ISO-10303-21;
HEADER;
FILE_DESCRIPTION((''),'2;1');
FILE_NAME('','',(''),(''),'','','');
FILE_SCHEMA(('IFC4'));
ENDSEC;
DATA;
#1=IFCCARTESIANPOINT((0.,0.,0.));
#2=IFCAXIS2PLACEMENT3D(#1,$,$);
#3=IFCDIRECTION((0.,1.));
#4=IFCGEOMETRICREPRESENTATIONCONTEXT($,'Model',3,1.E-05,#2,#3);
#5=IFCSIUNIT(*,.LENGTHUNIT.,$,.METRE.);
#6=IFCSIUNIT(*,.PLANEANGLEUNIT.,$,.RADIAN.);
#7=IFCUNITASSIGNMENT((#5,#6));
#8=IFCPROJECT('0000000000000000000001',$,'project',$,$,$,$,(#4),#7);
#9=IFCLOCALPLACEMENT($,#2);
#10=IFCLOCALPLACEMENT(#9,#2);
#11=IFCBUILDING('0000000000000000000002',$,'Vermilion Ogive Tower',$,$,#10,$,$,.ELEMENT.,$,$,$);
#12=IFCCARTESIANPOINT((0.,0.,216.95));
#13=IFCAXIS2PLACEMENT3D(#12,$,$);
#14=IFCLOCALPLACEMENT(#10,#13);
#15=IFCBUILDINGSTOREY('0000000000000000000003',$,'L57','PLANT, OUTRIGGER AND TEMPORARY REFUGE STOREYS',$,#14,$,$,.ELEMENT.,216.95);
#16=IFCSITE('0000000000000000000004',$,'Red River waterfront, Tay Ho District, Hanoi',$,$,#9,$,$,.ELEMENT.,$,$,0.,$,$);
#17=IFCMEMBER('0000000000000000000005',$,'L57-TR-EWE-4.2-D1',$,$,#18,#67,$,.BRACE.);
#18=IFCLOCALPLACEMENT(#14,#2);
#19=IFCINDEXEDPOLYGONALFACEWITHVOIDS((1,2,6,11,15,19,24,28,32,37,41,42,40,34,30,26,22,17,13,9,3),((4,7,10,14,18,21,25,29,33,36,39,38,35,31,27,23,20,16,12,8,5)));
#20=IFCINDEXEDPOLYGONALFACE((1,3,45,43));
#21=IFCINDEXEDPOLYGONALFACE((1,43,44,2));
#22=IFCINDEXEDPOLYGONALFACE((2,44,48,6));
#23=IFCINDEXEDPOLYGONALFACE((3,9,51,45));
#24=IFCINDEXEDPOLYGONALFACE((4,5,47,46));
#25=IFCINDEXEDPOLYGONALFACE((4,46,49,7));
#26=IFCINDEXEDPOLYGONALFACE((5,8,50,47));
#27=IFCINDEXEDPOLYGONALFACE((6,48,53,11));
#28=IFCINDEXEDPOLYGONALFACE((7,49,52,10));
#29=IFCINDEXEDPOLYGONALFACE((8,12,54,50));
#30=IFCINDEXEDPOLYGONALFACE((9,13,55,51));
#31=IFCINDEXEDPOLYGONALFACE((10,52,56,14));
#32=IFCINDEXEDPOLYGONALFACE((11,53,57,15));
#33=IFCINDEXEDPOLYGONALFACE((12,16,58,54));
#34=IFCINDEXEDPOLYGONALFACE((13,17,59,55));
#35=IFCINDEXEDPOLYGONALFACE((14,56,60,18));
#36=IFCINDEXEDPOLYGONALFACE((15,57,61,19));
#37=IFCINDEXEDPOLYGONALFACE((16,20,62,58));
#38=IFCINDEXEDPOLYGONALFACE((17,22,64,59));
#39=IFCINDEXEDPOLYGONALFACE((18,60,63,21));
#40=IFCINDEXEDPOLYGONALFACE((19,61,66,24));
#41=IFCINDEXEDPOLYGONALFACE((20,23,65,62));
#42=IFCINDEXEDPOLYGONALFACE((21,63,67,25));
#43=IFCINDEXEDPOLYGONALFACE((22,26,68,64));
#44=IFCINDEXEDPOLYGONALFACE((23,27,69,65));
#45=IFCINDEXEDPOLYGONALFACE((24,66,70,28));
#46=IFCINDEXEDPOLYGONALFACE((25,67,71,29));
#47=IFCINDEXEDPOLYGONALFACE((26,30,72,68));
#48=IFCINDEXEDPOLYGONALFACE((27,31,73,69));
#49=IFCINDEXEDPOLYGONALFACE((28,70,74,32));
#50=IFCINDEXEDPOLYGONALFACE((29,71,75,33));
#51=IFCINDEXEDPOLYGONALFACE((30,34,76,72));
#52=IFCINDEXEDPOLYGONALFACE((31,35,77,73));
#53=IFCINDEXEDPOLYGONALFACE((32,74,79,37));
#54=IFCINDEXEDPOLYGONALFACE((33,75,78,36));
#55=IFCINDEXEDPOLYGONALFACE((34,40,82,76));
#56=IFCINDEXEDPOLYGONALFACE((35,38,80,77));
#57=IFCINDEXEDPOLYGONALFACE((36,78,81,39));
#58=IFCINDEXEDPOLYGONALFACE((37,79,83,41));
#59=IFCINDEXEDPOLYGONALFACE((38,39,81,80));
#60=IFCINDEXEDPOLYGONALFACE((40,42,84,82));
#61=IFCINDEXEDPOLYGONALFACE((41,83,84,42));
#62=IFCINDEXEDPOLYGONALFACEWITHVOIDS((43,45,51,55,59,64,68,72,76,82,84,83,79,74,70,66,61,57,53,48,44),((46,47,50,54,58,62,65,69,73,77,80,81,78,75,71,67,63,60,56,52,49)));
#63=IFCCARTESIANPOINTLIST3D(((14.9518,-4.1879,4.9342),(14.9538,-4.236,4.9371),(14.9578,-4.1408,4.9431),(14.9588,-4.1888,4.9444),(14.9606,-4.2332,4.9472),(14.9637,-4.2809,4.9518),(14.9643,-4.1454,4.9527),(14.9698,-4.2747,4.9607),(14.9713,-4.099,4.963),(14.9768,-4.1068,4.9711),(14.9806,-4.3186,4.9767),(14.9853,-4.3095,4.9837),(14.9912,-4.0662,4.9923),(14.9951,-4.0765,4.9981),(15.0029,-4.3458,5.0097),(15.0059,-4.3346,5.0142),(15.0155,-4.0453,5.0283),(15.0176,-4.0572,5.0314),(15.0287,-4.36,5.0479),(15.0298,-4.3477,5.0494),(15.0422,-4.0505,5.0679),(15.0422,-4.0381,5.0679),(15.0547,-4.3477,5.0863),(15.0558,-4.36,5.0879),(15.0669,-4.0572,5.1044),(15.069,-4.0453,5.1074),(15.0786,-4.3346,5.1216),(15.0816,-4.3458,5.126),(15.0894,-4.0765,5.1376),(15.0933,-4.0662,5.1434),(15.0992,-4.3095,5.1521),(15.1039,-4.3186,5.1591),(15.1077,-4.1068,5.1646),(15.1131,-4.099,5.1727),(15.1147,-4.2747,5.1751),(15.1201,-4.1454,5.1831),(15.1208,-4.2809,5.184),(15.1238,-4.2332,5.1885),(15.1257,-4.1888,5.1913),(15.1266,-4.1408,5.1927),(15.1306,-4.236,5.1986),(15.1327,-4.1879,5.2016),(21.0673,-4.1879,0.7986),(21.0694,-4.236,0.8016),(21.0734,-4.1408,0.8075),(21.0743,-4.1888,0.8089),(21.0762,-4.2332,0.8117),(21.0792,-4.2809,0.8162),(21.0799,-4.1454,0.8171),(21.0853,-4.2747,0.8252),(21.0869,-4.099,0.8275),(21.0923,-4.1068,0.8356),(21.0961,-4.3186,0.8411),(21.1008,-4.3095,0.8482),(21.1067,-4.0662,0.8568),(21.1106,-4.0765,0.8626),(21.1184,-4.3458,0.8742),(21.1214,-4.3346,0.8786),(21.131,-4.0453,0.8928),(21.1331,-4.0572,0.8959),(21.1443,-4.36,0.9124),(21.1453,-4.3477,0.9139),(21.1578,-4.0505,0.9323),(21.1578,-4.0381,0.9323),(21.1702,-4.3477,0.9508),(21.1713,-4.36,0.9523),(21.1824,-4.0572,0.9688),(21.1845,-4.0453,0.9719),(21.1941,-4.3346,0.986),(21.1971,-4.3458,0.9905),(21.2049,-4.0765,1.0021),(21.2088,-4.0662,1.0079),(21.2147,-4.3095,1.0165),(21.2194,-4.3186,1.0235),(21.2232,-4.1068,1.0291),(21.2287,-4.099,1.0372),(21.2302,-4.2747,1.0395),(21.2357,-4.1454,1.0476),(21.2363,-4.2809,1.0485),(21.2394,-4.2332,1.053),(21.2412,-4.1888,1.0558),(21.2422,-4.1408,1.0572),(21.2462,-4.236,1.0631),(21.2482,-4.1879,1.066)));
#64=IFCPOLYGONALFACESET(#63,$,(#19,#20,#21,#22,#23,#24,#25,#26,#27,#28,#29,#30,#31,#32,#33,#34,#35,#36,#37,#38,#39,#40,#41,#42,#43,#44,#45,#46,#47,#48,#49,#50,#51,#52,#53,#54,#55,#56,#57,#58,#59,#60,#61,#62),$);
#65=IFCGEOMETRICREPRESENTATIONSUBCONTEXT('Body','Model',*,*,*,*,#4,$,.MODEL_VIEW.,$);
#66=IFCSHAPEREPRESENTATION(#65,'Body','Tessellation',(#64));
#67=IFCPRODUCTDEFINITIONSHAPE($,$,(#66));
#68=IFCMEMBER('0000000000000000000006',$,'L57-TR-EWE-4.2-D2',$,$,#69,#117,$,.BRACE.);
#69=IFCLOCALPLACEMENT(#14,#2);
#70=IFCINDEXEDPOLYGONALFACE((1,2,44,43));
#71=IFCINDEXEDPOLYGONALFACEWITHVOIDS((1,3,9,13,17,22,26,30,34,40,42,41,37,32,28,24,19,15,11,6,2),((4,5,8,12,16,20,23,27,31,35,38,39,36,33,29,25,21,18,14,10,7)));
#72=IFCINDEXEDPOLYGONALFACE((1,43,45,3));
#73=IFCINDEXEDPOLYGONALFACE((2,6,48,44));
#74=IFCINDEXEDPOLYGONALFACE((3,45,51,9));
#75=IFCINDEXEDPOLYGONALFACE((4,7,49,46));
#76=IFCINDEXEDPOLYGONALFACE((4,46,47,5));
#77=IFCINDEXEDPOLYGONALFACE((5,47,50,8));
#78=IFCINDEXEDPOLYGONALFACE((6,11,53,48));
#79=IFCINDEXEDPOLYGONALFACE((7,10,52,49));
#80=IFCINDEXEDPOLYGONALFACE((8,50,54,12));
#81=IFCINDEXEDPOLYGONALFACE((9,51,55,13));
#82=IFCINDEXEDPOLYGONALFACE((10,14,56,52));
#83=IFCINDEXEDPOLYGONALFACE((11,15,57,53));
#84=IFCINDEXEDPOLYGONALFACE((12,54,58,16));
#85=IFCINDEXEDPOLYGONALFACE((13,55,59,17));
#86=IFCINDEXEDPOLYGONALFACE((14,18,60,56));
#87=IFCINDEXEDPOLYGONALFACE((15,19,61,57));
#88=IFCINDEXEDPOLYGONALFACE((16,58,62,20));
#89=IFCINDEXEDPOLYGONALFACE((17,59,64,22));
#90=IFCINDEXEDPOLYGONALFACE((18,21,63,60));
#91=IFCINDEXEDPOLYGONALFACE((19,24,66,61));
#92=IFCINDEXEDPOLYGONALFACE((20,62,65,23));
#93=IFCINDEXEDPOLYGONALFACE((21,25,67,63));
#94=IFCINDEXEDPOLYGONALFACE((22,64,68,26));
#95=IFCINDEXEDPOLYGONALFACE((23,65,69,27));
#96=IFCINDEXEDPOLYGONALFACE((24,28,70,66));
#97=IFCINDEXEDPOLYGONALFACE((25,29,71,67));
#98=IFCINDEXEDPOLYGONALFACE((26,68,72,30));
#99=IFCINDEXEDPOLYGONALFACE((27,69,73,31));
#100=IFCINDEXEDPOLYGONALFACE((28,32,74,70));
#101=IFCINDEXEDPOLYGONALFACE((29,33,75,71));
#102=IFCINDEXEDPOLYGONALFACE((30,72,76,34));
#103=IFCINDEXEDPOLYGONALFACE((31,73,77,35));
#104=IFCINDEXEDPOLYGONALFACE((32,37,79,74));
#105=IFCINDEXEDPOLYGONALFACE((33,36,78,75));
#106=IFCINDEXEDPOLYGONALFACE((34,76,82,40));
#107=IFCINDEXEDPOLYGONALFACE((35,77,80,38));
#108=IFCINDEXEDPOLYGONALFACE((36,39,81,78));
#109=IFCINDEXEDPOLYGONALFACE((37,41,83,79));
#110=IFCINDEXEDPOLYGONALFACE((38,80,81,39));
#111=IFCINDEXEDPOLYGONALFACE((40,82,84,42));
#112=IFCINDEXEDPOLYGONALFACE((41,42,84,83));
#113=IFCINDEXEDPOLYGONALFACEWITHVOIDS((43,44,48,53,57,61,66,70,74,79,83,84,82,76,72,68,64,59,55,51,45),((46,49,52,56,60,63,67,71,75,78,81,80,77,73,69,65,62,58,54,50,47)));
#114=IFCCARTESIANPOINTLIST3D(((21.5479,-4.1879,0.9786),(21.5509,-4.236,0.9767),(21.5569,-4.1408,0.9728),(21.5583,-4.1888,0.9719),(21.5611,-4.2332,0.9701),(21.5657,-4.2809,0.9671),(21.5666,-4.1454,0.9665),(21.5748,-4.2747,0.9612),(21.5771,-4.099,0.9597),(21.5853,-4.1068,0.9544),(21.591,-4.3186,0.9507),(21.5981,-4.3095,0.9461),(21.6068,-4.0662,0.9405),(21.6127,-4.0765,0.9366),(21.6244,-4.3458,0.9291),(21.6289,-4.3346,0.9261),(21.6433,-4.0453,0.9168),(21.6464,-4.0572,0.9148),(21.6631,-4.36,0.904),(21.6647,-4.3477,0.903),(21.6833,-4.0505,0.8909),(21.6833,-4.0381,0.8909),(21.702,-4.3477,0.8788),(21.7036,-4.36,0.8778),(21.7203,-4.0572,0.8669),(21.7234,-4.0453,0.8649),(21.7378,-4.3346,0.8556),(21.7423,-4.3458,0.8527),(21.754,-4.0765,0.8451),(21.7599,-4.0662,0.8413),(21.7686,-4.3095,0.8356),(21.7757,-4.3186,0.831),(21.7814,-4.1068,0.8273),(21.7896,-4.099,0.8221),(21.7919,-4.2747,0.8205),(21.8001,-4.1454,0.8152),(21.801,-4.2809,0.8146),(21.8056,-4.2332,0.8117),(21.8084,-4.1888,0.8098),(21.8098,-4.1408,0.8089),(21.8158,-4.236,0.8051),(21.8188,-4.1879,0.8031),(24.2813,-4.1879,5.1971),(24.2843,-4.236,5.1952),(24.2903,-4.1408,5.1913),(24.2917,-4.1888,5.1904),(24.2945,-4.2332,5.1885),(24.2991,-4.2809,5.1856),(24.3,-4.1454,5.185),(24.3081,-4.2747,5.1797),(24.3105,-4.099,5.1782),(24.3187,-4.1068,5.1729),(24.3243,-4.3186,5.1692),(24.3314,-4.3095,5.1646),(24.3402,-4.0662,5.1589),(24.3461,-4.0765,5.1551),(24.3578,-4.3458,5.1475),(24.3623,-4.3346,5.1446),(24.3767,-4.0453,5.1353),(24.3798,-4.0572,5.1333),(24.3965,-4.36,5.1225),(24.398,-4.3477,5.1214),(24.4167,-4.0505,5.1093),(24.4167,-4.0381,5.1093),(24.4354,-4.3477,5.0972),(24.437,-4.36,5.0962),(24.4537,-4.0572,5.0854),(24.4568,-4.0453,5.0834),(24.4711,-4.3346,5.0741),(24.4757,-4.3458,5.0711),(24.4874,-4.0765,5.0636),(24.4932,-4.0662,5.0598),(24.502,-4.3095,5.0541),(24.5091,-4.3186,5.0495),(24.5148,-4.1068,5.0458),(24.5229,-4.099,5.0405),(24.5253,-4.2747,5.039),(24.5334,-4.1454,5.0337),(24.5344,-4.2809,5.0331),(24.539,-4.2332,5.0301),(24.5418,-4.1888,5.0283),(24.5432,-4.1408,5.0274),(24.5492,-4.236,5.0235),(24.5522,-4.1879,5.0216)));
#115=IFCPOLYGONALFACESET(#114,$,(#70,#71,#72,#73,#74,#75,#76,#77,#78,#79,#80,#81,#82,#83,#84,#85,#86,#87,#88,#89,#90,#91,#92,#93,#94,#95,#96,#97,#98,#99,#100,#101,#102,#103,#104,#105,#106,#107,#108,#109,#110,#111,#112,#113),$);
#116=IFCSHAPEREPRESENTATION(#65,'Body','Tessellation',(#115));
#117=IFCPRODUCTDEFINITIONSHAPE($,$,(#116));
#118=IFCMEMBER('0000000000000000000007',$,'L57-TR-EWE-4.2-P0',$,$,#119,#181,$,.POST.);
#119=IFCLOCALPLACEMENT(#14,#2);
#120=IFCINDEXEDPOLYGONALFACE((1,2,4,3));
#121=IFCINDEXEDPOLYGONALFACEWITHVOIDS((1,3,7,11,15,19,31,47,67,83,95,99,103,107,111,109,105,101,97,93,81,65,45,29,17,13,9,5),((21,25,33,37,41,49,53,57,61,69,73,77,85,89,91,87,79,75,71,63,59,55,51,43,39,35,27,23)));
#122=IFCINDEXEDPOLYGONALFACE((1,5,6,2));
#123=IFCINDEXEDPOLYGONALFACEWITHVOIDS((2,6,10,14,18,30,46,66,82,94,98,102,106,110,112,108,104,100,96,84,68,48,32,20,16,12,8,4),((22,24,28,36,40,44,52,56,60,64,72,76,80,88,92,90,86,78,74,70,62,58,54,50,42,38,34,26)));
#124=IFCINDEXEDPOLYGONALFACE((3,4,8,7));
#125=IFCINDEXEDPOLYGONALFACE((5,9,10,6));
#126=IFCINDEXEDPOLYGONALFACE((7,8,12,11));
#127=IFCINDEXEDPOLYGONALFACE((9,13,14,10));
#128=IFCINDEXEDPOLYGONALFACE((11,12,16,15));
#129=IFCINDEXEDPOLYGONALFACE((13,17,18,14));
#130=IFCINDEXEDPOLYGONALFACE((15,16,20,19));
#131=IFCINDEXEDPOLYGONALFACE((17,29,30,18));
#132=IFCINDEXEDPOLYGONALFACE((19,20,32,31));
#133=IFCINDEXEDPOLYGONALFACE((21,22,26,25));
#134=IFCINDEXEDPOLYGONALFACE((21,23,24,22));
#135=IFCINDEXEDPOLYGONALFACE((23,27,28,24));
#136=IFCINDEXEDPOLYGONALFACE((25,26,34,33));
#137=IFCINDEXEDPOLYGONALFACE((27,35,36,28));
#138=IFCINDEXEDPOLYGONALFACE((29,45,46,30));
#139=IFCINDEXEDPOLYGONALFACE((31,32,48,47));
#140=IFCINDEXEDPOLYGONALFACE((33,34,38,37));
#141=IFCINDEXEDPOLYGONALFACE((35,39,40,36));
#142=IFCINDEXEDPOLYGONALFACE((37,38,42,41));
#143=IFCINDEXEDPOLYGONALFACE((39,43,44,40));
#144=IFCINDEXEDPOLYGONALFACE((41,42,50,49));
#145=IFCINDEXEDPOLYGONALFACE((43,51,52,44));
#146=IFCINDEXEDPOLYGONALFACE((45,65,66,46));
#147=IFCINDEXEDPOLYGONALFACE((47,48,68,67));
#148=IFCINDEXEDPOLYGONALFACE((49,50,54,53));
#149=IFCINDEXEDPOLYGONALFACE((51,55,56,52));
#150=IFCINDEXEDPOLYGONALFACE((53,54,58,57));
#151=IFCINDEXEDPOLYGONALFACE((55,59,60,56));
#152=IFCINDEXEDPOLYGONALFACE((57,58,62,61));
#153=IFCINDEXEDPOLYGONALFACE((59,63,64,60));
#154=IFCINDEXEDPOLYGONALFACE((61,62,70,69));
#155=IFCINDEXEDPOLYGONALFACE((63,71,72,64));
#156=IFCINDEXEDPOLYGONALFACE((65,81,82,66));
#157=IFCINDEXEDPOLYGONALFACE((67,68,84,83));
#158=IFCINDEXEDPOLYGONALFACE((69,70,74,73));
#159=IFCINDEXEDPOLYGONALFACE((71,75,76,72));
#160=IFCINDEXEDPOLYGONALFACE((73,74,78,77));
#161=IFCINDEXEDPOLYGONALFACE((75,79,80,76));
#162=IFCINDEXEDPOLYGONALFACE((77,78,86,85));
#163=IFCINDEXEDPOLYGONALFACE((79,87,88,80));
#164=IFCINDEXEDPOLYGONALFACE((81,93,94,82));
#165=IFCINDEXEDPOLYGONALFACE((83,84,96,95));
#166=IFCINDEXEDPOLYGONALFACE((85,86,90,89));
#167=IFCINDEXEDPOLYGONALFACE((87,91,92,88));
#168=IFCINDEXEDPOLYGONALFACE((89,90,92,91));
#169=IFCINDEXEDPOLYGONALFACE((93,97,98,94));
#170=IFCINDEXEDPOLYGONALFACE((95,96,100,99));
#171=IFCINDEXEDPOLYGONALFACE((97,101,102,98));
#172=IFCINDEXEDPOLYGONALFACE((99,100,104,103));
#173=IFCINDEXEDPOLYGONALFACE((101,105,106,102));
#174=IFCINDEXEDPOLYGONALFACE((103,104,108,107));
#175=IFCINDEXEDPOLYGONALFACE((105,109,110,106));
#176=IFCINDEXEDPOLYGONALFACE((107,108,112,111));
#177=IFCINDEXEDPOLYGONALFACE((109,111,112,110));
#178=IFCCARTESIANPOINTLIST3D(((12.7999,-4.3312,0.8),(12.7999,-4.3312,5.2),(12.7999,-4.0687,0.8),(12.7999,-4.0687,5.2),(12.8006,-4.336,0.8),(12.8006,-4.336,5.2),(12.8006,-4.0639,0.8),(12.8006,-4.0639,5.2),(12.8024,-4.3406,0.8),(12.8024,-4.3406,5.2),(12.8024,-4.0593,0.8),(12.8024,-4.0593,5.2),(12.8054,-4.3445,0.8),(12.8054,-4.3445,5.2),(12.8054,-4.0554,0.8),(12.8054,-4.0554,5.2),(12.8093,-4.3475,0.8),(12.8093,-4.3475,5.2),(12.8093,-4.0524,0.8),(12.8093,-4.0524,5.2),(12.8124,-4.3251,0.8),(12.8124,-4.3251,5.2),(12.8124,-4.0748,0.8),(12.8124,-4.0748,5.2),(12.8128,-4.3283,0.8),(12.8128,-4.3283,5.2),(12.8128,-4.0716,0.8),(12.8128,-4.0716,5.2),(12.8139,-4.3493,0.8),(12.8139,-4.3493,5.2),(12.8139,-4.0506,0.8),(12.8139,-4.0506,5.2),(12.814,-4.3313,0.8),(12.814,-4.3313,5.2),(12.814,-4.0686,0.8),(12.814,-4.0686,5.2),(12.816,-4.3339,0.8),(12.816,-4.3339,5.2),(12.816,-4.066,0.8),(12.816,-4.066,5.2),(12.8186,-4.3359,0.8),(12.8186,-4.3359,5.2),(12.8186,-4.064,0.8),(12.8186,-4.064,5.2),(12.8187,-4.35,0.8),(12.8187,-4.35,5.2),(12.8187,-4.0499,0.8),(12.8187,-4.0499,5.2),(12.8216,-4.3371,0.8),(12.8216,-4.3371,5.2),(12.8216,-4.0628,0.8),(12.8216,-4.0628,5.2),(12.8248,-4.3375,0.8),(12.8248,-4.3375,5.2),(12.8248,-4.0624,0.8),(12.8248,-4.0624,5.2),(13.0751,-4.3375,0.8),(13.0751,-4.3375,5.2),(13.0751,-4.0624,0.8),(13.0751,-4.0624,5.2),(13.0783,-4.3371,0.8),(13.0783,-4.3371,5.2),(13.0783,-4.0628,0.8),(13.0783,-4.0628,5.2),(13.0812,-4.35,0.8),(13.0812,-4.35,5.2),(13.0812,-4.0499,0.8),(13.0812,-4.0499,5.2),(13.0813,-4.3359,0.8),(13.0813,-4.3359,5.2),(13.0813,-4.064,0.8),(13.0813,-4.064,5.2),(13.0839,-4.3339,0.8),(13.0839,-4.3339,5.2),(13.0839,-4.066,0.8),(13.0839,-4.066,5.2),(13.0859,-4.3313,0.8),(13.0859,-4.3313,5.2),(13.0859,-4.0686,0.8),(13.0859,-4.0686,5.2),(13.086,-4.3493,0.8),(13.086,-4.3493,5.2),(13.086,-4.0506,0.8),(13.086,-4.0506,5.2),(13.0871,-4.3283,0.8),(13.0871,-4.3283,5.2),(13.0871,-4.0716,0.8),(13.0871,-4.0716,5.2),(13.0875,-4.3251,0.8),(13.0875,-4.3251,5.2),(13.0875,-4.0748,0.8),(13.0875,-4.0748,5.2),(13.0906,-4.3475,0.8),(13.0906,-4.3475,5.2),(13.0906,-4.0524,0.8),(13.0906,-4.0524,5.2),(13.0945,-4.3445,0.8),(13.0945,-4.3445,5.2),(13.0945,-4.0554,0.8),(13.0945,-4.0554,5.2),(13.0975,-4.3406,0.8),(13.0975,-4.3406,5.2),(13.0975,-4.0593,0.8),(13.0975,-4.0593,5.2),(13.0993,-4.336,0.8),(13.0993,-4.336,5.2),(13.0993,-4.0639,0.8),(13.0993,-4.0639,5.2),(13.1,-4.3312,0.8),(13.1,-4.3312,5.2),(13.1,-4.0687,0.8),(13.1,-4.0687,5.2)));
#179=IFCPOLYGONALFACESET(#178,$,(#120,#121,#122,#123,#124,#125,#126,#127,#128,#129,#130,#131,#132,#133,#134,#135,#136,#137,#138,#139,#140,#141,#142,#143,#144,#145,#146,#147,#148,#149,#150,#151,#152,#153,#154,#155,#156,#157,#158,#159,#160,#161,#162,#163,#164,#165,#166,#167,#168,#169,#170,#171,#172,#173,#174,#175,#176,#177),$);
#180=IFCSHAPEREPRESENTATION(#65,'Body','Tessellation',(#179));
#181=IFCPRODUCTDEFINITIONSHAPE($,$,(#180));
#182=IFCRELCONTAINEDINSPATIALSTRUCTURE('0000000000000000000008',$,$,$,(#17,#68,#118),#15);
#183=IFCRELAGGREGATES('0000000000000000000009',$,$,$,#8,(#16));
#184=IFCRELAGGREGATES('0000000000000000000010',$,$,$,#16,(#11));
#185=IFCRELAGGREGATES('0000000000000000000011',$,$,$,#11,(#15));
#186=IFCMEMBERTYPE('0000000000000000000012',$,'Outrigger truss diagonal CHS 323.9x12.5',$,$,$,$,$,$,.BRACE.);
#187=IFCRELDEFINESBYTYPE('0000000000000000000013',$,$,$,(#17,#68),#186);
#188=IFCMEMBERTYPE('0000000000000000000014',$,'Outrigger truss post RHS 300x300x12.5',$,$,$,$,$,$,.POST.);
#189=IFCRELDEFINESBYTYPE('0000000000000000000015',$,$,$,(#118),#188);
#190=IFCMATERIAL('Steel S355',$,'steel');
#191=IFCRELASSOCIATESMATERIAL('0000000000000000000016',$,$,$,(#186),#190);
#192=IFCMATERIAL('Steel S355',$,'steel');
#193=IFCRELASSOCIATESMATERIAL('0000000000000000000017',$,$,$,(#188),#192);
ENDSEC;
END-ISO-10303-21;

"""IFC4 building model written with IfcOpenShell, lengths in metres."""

from ifc_helpers import new_model, si_unit, direction, frame, origin, origin_2d, place, context, subcontext, project, spatial, hollow_rectangle, hollow_circle, extrude, material, material_profile, profile_set, type_object, element, save


model = new_model("IFC4")

# Units and contexts
model_context = context("Model", 3, precision=1e-05, world=origin(), true_north=direction((0.0, 1.0)))
body_context = subcontext(model_context, "Body", "Model", "MODEL_VIEW")
ifc_project = project(units=[si_unit("LENGTHUNIT", "METRE"), si_unit("PLANEANGLEUNIT", "RADIAN")], contexts=[model_context])

# Site, building, storey
site_placement = place(None, origin())
site = spatial("IfcSite", under=ifc_project, at=site_placement, Name="Red River waterfront, Tay Ho District, Hanoi", CompositionType="ELEMENT", RefElevation=0.0)
building_placement = place(site_placement, origin())
building = spatial("IfcBuilding", under=site, at=building_placement, Name="Vermilion Ogive Tower", CompositionType="ELEMENT")
storey_placement = place(building_placement, frame((0.0, 0.0, 216.95)))
storey = spatial("IfcBuildingStorey", under=building, at=storey_placement, Name="L57", Description="PLANT, OUTRIGGER AND TEMPORARY REFUGE STOREYS", CompositionType="ELEMENT", Elevation=216.95)

# Members
ifc_material_1 = material(Name="Steel S355", Category="steel")
ifc_material_profile_1 = material_profile(ifc_material_1, hollow_circle(Radius=0.1619, WallThickness=0.0125, at=origin_2d()), Name="CHS 323.9x12.5")
ifc_profile_set_1 = profile_set([ifc_material_profile_1], Name="Steel S355")
member_type_1 = type_object("IfcMemberType", Name="Outrigger truss diagonal CHS 323.9x12.5", PredefinedType="BRACE", material=ifc_profile_set_1)
member_1_placement = place(storey_placement, frame((15.0422, -4.2, 5.0679), z_axis=(0.828374, 0.0, -0.560175), x_axis=(0.0, 1.0, 0.0)))
element("IfcMember", 1, at=member_1_placement, inside=storey, type_object=member_type_1, Name="L57-TR-EWE-4.2-D1", PredefinedType="BRACE", context=body_context, shape_type="SweptSolid", body=[
    extrude(hollow_circle(Radius=0.1619, WallThickness=0.0125, at=origin_2d()), origin(), (0.0, 0.0, 1.0), 7.3826),
])
member_2_placement = place(storey_placement, frame((21.6833, -4.2, 0.8909), z_axis=(0.543781, 0.0, 0.839227), x_axis=(0.0, 1.0, 0.0)))
element("IfcMember", 2, at=member_2_placement, inside=storey, type_object=member_type_1, Name="L57-TR-EWE-4.2-D2", PredefinedType="BRACE", context=body_context, shape_type="SweptSolid", body=[
    extrude(hollow_circle(Radius=0.1619, WallThickness=0.0125, at=origin_2d()), origin(), (0.0, 0.0, 1.0), 5.0266),
])
ifc_material_2 = material(Name="Steel S355", Category="steel")
ifc_material_profile_2 = material_profile(ifc_material_2, hollow_rectangle(XDim=0.3, YDim=0.3, WallThickness=0.0125, InnerFilletRadius=0.0125, OuterFilletRadius=0.0188, at=origin_2d()), Name="RHS 300x300x12.5")
ifc_profile_set_2 = profile_set([ifc_material_profile_2], Name="Steel S355")
member_type_2 = type_object("IfcMemberType", Name="Outrigger truss post RHS 300x300x12.5", PredefinedType="POST", material=ifc_profile_set_2)
for number, where, z_axis, x_axis, name in (
    (3, (12.95, -4.2, 0.8), (0.0, 0.0, 1.0), (1.0, 0.0, 0.0), "L57-TR-EWE-4.2-P0"),
):
    element("IfcMember", number, at=place(storey_placement, frame(where, z_axis=z_axis, x_axis=x_axis)), inside=storey, type_object=member_type_2, Name=name, PredefinedType="POST", context=body_context, shape_type="SweptSolid", body=[
        extrude(hollow_rectangle(XDim=0.3, YDim=0.3, WallThickness=0.0125, InnerFilletRadius=0.0125, OuterFilletRadius=0.0188, at=origin_2d()), origin(), (0.0, 0.0, 1.0), 4.3999),
    ])

save(model, "model.ifc")
